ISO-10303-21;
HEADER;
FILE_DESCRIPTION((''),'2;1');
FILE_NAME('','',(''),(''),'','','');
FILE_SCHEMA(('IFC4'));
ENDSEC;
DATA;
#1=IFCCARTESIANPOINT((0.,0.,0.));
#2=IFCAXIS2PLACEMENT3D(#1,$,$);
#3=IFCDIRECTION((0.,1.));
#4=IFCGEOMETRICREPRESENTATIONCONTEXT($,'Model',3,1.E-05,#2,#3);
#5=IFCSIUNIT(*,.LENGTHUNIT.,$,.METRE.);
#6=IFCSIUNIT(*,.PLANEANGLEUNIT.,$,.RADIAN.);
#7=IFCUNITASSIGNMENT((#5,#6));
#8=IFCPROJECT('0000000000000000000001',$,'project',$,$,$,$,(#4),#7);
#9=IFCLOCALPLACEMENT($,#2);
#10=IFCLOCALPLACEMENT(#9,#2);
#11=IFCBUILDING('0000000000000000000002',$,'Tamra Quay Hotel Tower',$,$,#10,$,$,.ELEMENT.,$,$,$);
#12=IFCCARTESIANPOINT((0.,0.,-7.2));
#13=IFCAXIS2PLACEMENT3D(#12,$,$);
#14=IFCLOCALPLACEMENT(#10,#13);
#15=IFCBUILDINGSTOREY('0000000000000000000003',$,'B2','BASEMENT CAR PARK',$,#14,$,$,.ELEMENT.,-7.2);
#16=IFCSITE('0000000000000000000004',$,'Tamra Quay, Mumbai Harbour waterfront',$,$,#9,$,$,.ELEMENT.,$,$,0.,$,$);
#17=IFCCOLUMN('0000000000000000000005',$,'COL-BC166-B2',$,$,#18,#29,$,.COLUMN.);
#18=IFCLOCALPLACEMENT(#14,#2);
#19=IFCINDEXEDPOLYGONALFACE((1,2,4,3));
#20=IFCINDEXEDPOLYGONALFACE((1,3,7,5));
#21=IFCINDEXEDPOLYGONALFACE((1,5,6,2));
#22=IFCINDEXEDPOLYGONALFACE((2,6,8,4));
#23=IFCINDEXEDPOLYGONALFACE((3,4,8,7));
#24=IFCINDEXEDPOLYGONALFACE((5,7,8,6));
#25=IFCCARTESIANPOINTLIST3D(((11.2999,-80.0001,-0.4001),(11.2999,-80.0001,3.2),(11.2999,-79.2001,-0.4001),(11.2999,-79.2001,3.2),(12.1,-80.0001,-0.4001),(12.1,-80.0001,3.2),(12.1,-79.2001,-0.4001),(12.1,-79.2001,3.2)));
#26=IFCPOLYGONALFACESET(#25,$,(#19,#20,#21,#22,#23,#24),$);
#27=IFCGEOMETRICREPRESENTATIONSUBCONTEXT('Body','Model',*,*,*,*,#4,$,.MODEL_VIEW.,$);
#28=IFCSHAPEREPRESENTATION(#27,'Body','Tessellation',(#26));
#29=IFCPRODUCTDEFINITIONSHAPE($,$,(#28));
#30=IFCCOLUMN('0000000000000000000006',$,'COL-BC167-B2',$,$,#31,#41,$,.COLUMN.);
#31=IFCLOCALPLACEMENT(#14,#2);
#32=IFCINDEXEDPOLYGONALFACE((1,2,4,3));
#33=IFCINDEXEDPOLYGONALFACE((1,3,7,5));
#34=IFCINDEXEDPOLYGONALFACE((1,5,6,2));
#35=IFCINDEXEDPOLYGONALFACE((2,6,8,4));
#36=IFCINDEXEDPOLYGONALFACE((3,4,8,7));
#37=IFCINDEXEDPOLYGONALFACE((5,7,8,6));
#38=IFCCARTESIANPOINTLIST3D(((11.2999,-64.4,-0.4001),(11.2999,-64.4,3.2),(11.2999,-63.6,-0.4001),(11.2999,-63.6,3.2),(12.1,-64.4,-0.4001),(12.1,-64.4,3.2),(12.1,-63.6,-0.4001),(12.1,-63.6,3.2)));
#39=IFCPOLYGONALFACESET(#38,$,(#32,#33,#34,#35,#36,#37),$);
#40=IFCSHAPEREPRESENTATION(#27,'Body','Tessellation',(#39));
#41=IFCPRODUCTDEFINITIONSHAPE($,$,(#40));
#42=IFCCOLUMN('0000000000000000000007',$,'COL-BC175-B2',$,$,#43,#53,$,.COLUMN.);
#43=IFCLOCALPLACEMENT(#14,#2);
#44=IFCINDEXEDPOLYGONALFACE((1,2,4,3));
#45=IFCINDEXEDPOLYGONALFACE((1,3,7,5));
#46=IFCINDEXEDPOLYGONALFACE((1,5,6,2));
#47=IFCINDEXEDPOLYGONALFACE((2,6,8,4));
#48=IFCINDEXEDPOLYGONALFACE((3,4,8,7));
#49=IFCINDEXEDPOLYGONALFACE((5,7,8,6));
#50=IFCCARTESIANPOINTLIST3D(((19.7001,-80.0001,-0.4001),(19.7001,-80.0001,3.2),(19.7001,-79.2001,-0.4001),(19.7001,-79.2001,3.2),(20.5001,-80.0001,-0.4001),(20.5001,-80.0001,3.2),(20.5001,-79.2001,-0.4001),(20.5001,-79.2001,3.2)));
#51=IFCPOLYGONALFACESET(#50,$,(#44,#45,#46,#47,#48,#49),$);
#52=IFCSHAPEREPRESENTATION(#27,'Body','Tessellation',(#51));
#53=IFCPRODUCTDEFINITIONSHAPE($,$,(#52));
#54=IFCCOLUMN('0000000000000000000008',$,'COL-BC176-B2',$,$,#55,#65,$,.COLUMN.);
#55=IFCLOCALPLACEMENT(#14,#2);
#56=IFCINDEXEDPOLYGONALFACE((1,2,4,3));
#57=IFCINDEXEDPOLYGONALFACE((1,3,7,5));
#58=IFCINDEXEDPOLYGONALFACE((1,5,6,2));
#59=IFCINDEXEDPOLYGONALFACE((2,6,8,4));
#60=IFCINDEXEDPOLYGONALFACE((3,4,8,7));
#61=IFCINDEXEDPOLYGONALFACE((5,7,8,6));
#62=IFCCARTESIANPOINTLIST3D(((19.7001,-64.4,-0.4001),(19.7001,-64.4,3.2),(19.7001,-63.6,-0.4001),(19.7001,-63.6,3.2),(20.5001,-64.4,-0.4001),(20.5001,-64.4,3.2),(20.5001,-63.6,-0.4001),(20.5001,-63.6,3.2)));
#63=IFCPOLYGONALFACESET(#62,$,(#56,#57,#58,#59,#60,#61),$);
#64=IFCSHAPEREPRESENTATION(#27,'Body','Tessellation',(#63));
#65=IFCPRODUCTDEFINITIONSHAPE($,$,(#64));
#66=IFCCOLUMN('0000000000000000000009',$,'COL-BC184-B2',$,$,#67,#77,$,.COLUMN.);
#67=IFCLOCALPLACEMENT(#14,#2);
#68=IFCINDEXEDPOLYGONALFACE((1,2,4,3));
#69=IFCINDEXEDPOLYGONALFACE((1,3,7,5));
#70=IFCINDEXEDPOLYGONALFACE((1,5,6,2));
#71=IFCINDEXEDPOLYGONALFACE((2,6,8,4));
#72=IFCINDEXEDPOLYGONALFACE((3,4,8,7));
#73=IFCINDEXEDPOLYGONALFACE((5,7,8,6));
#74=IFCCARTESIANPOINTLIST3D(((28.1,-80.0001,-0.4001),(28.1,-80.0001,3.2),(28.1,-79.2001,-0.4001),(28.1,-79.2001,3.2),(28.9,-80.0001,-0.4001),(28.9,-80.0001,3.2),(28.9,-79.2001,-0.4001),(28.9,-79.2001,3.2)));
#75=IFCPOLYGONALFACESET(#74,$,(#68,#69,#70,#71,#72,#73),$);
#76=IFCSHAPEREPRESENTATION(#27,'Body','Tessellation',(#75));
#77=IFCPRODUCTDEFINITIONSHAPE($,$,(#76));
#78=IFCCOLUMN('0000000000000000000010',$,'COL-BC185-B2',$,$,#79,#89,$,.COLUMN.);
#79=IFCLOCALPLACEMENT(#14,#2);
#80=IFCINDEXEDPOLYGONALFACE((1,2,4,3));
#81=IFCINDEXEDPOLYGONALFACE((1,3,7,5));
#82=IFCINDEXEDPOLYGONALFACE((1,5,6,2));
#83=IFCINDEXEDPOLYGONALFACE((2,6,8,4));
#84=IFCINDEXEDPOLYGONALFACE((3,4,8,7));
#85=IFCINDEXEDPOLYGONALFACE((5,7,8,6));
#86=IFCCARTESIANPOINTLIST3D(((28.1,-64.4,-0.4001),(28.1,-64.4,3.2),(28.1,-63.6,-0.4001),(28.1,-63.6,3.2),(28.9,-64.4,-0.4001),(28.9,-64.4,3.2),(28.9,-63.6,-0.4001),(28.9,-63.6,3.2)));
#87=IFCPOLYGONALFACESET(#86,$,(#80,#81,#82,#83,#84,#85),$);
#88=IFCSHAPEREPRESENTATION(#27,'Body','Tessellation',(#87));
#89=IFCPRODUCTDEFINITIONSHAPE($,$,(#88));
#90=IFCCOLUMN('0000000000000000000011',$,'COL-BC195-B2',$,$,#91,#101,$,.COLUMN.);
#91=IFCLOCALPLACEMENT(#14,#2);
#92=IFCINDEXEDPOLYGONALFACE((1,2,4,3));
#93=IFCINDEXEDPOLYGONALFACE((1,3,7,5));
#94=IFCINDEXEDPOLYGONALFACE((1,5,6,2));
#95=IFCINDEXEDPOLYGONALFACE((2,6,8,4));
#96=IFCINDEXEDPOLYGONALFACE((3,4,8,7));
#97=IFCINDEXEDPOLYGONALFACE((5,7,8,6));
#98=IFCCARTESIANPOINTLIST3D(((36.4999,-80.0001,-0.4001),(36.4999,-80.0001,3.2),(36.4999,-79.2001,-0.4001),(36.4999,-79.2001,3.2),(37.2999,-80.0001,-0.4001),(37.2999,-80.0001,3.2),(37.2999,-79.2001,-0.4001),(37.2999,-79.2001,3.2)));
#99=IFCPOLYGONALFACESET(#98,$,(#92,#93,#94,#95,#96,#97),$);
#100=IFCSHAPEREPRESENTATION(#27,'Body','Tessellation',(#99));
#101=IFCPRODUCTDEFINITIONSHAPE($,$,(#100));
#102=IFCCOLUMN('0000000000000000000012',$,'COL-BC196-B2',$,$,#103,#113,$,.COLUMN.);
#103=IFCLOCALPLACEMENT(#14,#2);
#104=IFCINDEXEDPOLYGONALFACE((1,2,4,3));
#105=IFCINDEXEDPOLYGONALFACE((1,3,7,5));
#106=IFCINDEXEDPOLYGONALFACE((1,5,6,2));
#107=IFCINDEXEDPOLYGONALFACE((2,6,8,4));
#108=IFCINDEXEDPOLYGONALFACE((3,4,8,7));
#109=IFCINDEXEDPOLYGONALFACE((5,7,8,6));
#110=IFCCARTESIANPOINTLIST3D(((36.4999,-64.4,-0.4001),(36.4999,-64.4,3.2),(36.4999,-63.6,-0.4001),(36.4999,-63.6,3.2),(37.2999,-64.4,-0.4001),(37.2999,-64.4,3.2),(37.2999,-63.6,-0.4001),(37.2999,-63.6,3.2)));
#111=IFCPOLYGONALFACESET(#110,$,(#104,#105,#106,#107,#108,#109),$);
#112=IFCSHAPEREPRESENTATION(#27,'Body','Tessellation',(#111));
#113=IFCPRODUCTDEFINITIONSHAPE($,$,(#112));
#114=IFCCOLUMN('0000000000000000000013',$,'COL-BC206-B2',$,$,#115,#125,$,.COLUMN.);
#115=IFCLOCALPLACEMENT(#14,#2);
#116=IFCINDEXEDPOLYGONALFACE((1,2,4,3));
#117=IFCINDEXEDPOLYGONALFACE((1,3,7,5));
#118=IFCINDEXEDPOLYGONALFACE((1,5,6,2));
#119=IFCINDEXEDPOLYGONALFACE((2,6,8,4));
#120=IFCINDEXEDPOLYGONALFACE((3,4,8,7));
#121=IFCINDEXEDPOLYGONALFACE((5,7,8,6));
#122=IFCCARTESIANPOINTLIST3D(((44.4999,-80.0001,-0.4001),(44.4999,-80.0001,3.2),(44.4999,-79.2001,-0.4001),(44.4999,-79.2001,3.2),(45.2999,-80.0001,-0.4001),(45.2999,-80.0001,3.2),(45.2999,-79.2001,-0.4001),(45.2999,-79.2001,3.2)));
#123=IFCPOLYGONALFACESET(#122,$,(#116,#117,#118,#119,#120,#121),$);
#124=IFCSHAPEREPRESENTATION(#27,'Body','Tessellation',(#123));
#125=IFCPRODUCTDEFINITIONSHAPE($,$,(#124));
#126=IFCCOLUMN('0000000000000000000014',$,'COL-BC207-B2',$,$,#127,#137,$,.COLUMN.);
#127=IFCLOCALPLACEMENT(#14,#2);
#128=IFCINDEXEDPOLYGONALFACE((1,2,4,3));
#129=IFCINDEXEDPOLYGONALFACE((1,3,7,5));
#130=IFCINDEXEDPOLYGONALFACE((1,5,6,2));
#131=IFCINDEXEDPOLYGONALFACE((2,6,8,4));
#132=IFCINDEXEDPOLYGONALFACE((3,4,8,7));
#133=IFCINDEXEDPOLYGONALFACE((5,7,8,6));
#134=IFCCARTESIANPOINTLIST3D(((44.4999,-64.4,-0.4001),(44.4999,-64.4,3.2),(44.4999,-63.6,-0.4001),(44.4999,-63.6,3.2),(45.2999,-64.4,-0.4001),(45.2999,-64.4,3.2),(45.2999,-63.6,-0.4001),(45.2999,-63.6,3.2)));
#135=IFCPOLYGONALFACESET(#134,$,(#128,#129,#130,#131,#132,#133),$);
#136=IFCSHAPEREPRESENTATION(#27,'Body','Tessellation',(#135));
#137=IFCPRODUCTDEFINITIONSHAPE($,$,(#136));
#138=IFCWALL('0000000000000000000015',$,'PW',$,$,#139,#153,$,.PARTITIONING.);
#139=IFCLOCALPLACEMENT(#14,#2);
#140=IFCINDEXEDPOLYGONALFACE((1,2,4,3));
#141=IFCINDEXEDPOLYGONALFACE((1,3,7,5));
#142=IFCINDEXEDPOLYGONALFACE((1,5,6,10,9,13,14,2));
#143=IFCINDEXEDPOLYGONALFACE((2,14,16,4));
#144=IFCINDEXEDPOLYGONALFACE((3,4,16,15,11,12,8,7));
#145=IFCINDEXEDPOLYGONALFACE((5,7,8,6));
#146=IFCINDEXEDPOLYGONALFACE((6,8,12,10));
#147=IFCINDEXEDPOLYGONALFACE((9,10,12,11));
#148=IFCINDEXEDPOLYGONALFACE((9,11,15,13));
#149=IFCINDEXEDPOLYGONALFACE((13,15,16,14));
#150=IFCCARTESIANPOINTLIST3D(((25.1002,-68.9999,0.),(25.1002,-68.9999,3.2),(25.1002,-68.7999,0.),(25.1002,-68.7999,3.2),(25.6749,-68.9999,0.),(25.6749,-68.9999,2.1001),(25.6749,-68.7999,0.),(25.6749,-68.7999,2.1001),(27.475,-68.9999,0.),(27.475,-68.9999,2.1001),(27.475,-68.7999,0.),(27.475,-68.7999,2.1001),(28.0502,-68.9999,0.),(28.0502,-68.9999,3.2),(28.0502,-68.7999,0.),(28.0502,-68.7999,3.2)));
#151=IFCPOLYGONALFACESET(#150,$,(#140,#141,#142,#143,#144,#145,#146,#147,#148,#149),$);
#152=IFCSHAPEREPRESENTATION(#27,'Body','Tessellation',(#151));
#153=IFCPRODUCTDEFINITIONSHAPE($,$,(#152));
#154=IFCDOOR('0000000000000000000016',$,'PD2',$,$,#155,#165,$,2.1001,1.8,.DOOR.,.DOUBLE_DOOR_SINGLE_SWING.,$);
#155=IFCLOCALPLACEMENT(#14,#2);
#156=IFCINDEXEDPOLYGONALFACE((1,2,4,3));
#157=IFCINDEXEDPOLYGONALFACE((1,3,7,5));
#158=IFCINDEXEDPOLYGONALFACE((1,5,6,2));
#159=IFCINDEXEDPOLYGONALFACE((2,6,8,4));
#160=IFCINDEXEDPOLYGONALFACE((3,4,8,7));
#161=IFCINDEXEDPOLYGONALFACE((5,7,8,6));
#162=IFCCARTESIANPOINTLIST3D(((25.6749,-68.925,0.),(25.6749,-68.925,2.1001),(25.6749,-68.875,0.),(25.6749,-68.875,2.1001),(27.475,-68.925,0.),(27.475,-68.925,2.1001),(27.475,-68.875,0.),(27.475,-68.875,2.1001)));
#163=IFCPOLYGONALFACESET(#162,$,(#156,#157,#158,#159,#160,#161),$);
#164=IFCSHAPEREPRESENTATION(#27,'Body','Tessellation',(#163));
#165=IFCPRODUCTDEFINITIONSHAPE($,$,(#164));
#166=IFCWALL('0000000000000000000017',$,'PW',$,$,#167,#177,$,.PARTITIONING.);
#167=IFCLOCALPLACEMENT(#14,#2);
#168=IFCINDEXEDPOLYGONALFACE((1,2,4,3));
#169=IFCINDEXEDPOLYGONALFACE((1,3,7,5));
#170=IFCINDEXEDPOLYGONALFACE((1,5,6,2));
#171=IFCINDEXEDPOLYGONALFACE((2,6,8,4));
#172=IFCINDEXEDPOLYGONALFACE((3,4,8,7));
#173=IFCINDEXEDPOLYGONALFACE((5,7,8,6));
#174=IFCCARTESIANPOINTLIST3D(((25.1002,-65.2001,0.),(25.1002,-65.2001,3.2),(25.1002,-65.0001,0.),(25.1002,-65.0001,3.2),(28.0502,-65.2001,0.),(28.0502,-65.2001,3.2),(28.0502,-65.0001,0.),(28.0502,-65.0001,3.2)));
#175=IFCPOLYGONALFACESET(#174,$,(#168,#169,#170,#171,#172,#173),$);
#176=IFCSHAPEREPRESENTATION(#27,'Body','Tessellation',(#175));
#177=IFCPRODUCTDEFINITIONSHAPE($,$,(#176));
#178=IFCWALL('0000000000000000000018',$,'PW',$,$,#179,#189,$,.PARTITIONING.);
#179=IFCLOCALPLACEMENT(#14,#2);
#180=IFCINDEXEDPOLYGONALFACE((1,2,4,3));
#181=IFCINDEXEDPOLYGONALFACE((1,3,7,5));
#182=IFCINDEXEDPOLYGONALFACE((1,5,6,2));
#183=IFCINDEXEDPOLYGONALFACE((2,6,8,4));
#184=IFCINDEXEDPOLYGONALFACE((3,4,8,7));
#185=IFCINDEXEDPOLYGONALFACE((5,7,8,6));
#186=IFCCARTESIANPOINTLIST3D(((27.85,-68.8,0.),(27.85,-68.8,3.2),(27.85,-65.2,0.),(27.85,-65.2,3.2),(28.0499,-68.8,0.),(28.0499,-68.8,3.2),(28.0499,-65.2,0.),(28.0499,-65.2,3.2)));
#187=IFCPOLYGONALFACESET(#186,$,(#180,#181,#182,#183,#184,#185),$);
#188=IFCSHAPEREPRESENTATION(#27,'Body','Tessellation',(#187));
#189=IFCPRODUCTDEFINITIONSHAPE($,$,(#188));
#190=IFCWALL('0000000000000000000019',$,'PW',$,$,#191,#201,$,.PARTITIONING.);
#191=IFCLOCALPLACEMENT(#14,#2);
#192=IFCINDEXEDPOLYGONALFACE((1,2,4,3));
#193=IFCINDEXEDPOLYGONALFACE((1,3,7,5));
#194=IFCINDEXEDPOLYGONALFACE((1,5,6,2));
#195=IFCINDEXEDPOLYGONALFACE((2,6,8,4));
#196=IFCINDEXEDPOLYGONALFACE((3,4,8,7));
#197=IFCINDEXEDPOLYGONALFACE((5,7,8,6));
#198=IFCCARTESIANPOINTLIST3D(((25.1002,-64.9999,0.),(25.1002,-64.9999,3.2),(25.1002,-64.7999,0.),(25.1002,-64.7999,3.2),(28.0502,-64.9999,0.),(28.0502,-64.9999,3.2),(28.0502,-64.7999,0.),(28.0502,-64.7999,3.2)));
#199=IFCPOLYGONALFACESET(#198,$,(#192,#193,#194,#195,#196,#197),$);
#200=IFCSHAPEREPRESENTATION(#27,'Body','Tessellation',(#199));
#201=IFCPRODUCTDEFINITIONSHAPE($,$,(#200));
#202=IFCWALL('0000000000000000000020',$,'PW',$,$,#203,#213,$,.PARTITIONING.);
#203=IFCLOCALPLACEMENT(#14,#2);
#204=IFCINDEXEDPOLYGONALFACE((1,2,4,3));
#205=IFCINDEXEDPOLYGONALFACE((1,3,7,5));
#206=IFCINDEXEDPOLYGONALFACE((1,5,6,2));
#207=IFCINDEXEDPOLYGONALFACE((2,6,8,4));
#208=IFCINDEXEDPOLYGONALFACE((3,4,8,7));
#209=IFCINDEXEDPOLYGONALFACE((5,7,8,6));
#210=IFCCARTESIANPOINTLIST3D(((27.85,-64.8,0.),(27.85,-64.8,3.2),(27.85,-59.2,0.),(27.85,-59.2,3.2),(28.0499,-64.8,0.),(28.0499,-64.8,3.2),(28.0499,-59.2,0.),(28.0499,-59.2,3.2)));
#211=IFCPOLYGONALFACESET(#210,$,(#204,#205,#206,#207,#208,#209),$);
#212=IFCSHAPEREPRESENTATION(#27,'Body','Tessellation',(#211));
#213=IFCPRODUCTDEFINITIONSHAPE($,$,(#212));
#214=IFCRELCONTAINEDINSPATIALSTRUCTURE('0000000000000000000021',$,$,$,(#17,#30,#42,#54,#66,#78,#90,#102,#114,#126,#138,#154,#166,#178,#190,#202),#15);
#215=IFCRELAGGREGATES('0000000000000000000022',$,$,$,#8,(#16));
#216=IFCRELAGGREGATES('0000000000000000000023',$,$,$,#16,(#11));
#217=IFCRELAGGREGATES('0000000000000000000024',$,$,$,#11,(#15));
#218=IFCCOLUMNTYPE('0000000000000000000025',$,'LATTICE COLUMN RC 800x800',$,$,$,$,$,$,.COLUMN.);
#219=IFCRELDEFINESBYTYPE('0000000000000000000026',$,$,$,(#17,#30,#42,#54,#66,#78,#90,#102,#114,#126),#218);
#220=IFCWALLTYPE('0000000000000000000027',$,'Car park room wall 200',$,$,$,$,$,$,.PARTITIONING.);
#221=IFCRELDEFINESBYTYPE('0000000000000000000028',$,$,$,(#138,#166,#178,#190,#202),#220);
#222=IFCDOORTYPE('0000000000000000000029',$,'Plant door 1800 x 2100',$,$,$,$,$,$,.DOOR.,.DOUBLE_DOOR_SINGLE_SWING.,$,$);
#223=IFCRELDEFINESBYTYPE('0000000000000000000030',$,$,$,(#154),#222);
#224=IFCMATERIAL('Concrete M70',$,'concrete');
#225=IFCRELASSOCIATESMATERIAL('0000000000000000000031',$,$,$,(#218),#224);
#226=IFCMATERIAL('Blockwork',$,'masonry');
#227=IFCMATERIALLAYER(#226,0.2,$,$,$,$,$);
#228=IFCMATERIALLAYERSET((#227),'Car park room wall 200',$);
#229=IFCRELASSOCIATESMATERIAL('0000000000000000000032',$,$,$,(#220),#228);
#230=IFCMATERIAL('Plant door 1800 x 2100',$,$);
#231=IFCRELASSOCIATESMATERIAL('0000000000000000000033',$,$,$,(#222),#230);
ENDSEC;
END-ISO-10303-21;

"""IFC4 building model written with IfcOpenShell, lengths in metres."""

from ifc_helpers import new_model, si_unit, direction, frame, frame_2d, origin, origin_2d, place, context, subcontext, project, spatial, rectangle, extrude, material, layer, layer_set, material_profile, profile_set, type_object, element, fill, save


model = new_model("IFC4")

# Units and contexts
model_context = context("Model", 3, precision=1e-05, world=origin(), true_north=direction((0.0, 1.0)))
body_context = subcontext(model_context, "Body", "Model", "MODEL_VIEW")
ifc_project = project(units=[si_unit("LENGTHUNIT", "METRE"), si_unit("PLANEANGLEUNIT", "RADIAN")], contexts=[model_context])

# Site, building, storey
site_placement = place(None, origin())
site = spatial("IfcSite", under=ifc_project, at=site_placement, Name="Tamra Quay, Mumbai Harbour waterfront", CompositionType="ELEMENT", RefElevation=0.0)
building_placement = place(site_placement, origin())
building = spatial("IfcBuilding", under=site, at=building_placement, Name="Tamra Quay Hotel Tower", CompositionType="ELEMENT")
storey_placement = place(building_placement, frame((0.0, 0.0, -7.2)))
storey = spatial("IfcBuildingStorey", under=building, at=storey_placement, Name="B2", Description="BASEMENT CAR PARK", CompositionType="ELEMENT", Elevation=-7.2)

# Columns
ifc_material_1 = material(Name="Concrete M70", Category="concrete")
ifc_material_profile = material_profile(ifc_material_1, rectangle(XDim=0.8, YDim=0.8, at=origin_2d()), Name="LATTICE COLUMN RC 800x800")
ifc_profile_set = profile_set([ifc_material_profile], Name="Concrete M70")
column_type = type_object("IfcColumnType", Name="LATTICE COLUMN RC 800x800", PredefinedType="COLUMN", material=ifc_profile_set)
for number, where, z_axis, x_axis, name in (
    (1, (11.7, -79.6001, -0.4001), (0.0, 0.0, 1.0), (1.0, 0.0, 0.0), "COL-BC166-B2"),
    (2, (11.7, -64.0, -0.4001), (0.0, 0.0, 1.0), (1.0, 0.0, 0.0), "COL-BC167-B2"),
    (3, (20.1001, -79.6001, -0.4001), (0.0, 0.0, 1.0), (1.0, 0.0, 0.0), "COL-BC175-B2"),
    (4, (20.1001, -64.0, -0.4001), (0.0, 0.0, 1.0), (1.0, 0.0, 0.0), "COL-BC176-B2"),
    (5, (28.5, -79.6001, -0.4001), (0.0, 0.0, 1.0), (1.0, 0.0, 0.0), "COL-BC184-B2"),
    (6, (28.5, -64.0, -0.4001), (0.0, 0.0, 1.0), (1.0, 0.0, 0.0), "COL-BC185-B2"),
    (7, (36.8999, -79.6001, -0.4001), (0.0, 0.0, 1.0), (1.0, 0.0, 0.0), "COL-BC195-B2"),
    (8, (36.8999, -64.0, -0.4001), (0.0, 0.0, 1.0), (1.0, 0.0, 0.0), "COL-BC196-B2"),
    (9, (44.8999, -79.6001, -0.4001), (0.0, 0.0, 1.0), (1.0, 0.0, 0.0), "COL-BC206-B2"),
    (10, (44.8999, -64.0, -0.4001), (0.0, 0.0, 1.0), (1.0, 0.0, 0.0), "COL-BC207-B2"),
):
    element("IfcColumn", number, at=place(storey_placement, frame(where, z_axis=z_axis, x_axis=x_axis)), inside=storey, type_object=column_type, Name=name, PredefinedType="COLUMN", context=body_context, shape_type="SweptSolid", body=[
        extrude(rectangle(XDim=0.8, YDim=0.8, at=origin_2d()), origin(), (0.0, 0.0, 1.0), 3.6001),
    ])

# Wall, opening, door
ifc_material_2 = material(Name="Blockwork", Category="masonry")
ifc_layer_1 = layer(ifc_material_2, 0.2)
ifc_layer_set_1 = layer_set([ifc_layer_1], Name="Car park room wall 200")
wall_type_1 = type_object("IfcWallType", Name="Car park room wall 200", PredefinedType="PARTITIONING", material=ifc_layer_set_1)
wall_1_placement = place(storey_placement, frame((25.1001, -68.8999, 0.0), z_axis=(0.0, 0.0, 1.0), x_axis=(1.0, 0.0, 0.0)))
wall_1 = element("IfcWall", 11, at=wall_1_placement, inside=storey, type_object=wall_type_1, Name="PW", PredefinedType="PARTITIONING", context=body_context, shape_type="SweptSolid", body=[
    extrude(rectangle(XDim=2.95, YDim=0.2, at=frame_2d((1.4751, 0.0))), origin(), (0.0, 0.0, 1.0), 3.2),
])
opening_1_placement = place(wall_1_placement, frame((0.575, 0.0, 0.0)))
opening_1 = element("IfcOpeningElement", 12, at=opening_1_placement, cuts=wall_1, PredefinedType="OPENING", context=body_context, shape_type="SweptSolid", body=[
    extrude(rectangle(XDim=1.8, YDim=2.1001, at=frame_2d((0.8999, 1.05))), frame((0.0, 0.1099, 0.0), z_axis=(0.0, -1.0, 0.0), x_axis=(1.0, 0.0, 0.0)), (0.0, 0.0, 1.0), 0.22),
])
ifc_material_3 = material(Name="Plant door 1800 x 2100")
door_type_1 = type_object("IfcDoorType", Name="Plant door 1800 x 2100", OperationType="DOUBLE_DOOR_SINGLE_SWING", PredefinedType="DOOR", material=ifc_material_3)
door_1_placement = place(opening_1_placement, origin())
door_1 = element("IfcDoor", 13, at=door_1_placement, inside=storey, type_object=door_type_1, Name="PD2", OperationType="DOUBLE_DOOR_SINGLE_SWING", OverallHeight=2.1001, OverallWidth=1.8, PredefinedType="DOOR", context=body_context, shape_type="SweptSolid", body=[
    extrude(rectangle(XDim=1.8, YDim=2.1001, at=frame_2d((0.8999, 1.05))), frame((0.0, 0.0249, 0.0), z_axis=(0.0, -1.0, 0.0), x_axis=(1.0, 0.0, 0.0)), (0.0, 0.0, 1.0), 0.05),
])
fill(opening_1, door_1)

# Walls
wall_2_placement = place(storey_placement, frame((25.1001, -65.1001, 0.0), z_axis=(0.0, 0.0, 1.0), x_axis=(1.0, 0.0, 0.0)))
element("IfcWall", 14, at=wall_2_placement, inside=storey, type_object=wall_type_1, Name="PW", PredefinedType="PARTITIONING", context=body_context, shape_type="SweptSolid", body=[
    extrude(rectangle(XDim=2.95, YDim=0.2, at=frame_2d((1.4751, 0.0))), origin(), (0.0, 0.0, 1.0), 3.2),
])
wall_3_placement = place(storey_placement, frame((27.95, -68.8, 0.0), z_axis=(0.0, 0.0, 1.0), x_axis=(0.0, 1.0, 0.0)))
element("IfcWall", 15, at=wall_3_placement, inside=storey, type_object=wall_type_1, Name="PW", PredefinedType="PARTITIONING", context=body_context, shape_type="SweptSolid", body=[
    extrude(rectangle(XDim=3.6001, YDim=0.2, at=frame_2d((1.8, 0.0))), origin(), (0.0, 0.0, 1.0), 3.2),
])
wall_4_placement = place(storey_placement, frame((25.1001, -64.8999, 0.0), z_axis=(0.0, 0.0, 1.0), x_axis=(1.0, 0.0, 0.0)))
element("IfcWall", 16, at=wall_4_placement, inside=storey, type_object=wall_type_1, Name="PW", PredefinedType="PARTITIONING", context=body_context, shape_type="SweptSolid", body=[
    extrude(rectangle(XDim=2.95, YDim=0.2, at=frame_2d((1.4751, 0.0))), origin(), (0.0, 0.0, 1.0), 3.2),
])
wall_5_placement = place(storey_placement, frame((27.95, -64.8, 0.0), z_axis=(0.0, 0.0, 1.0), x_axis=(0.0, 1.0, 0.0)))
element("IfcWall", 17, at=wall_5_placement, inside=storey, type_object=wall_type_1, Name="PW", PredefinedType="PARTITIONING", context=body_context, shape_type="SweptSolid", body=[
    extrude(rectangle(XDim=5.6001, YDim=0.2, at=frame_2d((2.8, 0.0))), origin(), (0.0, 0.0, 1.0), 3.2),
])

save(model, "model.ifc")
